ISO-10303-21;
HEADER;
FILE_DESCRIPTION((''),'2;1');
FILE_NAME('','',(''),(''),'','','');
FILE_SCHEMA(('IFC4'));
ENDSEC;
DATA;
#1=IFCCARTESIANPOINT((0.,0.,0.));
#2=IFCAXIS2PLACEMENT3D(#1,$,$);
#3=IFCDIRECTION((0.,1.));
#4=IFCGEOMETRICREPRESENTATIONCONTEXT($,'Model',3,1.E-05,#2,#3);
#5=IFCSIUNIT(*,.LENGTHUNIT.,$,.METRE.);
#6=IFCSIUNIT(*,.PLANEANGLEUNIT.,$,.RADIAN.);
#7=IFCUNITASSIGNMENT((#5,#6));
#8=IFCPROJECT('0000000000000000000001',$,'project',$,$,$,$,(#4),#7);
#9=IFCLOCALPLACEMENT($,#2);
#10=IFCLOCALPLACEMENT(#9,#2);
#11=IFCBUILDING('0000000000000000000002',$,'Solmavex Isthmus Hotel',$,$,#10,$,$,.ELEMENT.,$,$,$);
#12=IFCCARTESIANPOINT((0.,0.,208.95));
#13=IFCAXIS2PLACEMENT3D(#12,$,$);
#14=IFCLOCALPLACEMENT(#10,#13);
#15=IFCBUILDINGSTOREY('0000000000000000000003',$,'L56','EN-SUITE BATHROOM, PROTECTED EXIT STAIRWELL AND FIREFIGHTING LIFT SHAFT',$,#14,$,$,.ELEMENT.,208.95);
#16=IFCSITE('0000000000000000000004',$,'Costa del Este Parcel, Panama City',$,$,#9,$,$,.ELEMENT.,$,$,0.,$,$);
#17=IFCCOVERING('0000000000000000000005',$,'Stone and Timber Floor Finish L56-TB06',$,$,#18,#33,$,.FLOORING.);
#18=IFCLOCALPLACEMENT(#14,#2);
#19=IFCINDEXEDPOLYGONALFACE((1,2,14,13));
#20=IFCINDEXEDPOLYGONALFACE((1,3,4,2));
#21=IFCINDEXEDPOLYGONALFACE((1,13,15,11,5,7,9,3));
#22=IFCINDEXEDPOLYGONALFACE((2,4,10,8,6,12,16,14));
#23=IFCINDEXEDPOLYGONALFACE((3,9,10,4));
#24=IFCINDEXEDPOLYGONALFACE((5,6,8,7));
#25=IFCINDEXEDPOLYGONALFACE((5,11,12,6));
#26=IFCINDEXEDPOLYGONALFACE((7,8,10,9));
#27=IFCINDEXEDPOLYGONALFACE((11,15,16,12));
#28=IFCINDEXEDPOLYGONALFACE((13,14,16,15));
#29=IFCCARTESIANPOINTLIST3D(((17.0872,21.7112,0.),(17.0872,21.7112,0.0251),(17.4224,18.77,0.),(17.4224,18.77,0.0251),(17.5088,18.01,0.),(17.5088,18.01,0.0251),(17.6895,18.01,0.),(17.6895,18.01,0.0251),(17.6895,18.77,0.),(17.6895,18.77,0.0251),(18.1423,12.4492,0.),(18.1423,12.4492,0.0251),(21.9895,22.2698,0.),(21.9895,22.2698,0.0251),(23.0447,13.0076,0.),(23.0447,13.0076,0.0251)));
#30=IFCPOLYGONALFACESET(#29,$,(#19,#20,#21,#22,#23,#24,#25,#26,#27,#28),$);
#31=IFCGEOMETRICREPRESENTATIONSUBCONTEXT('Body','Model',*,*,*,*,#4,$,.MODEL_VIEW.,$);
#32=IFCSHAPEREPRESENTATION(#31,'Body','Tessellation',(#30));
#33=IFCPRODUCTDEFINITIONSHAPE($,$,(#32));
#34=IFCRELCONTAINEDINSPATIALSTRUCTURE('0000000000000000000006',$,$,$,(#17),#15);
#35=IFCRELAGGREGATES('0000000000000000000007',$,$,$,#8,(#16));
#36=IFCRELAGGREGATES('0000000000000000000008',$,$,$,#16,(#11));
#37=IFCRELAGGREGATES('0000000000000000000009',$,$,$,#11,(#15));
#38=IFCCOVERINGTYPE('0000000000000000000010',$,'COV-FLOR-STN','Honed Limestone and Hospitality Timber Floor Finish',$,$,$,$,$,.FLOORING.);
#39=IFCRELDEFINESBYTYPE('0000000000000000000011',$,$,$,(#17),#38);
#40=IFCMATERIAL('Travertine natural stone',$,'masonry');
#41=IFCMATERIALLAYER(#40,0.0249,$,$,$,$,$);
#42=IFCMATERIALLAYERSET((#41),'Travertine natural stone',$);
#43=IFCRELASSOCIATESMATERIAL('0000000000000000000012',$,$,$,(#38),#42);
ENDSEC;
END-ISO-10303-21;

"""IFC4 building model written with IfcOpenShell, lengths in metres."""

from ifc_helpers import new_model, si_unit, direction, frame, origin, place, context, subcontext, project, spatial, polyline, outline, extrude, material, layer, layer_set, type_object, element, save


model = new_model("IFC4")

# Units and contexts
model_context = context("Model", 3, precision=1e-05, world=origin(), true_north=direction((0.0, 1.0)))
body_context = subcontext(model_context, "Body", "Model", "MODEL_VIEW")
ifc_project = project(units=[si_unit("LENGTHUNIT", "METRE"), si_unit("PLANEANGLEUNIT", "RADIAN")], contexts=[model_context])

# Site, building, storey
site_placement = place(None, origin())
site = spatial("IfcSite", under=ifc_project, at=site_placement, Name="Costa del Este Parcel, Panama City", CompositionType="ELEMENT", RefElevation=0.0)
building_placement = place(site_placement, origin())
building = spatial("IfcBuilding", under=site, at=building_placement, Name="Solmavex Isthmus Hotel", CompositionType="ELEMENT")
storey_placement = place(building_placement, frame((0.0, 0.0, 208.95)))
storey = spatial("IfcBuildingStorey", under=building, at=storey_placement, Name="L56", Description="EN-SUITE BATHROOM, PROTECTED EXIT STAIRWELL AND FIREFIGHTING LIFT SHAFT", CompositionType="ELEMENT", Elevation=208.95)

# Covering
ifc_material_1 = material(Name="Travertine natural stone", Category="masonry")
ifc_layer_1 = layer(ifc_material_1, 0.0249)
ifc_layer_set_1 = layer_set([ifc_layer_1], Name="Travertine natural stone")
covering_type_1 = type_object("IfcCoveringType", Name="COV-FLOR-STN", Description="Honed Limestone and Hospitality Timber Floor Finish", PredefinedType="FLOORING", material=ifc_layer_set_1)
covering_1_placement = place(storey_placement, origin())
element("IfcCovering", 1, at=covering_1_placement, inside=storey, type_object=covering_type_1, Name="Stone and Timber Floor Finish L56-TB06", PredefinedType="FLOORING", context=body_context, shape_type="SweptSolid", body=[
    extrude(outline(polyline([(17.4224, 18.77), (17.6895, 18.77), (17.6895, 18.01), (17.5088, 18.01), (18.1423, 12.4492), (23.0447, 13.0076), (21.9895, 22.2698), (17.0872, 21.7112), (17.4224, 18.77)])), origin(), (0.0, 0.0, 1.0), 0.0251),
])

save(model, "model.ifc")
